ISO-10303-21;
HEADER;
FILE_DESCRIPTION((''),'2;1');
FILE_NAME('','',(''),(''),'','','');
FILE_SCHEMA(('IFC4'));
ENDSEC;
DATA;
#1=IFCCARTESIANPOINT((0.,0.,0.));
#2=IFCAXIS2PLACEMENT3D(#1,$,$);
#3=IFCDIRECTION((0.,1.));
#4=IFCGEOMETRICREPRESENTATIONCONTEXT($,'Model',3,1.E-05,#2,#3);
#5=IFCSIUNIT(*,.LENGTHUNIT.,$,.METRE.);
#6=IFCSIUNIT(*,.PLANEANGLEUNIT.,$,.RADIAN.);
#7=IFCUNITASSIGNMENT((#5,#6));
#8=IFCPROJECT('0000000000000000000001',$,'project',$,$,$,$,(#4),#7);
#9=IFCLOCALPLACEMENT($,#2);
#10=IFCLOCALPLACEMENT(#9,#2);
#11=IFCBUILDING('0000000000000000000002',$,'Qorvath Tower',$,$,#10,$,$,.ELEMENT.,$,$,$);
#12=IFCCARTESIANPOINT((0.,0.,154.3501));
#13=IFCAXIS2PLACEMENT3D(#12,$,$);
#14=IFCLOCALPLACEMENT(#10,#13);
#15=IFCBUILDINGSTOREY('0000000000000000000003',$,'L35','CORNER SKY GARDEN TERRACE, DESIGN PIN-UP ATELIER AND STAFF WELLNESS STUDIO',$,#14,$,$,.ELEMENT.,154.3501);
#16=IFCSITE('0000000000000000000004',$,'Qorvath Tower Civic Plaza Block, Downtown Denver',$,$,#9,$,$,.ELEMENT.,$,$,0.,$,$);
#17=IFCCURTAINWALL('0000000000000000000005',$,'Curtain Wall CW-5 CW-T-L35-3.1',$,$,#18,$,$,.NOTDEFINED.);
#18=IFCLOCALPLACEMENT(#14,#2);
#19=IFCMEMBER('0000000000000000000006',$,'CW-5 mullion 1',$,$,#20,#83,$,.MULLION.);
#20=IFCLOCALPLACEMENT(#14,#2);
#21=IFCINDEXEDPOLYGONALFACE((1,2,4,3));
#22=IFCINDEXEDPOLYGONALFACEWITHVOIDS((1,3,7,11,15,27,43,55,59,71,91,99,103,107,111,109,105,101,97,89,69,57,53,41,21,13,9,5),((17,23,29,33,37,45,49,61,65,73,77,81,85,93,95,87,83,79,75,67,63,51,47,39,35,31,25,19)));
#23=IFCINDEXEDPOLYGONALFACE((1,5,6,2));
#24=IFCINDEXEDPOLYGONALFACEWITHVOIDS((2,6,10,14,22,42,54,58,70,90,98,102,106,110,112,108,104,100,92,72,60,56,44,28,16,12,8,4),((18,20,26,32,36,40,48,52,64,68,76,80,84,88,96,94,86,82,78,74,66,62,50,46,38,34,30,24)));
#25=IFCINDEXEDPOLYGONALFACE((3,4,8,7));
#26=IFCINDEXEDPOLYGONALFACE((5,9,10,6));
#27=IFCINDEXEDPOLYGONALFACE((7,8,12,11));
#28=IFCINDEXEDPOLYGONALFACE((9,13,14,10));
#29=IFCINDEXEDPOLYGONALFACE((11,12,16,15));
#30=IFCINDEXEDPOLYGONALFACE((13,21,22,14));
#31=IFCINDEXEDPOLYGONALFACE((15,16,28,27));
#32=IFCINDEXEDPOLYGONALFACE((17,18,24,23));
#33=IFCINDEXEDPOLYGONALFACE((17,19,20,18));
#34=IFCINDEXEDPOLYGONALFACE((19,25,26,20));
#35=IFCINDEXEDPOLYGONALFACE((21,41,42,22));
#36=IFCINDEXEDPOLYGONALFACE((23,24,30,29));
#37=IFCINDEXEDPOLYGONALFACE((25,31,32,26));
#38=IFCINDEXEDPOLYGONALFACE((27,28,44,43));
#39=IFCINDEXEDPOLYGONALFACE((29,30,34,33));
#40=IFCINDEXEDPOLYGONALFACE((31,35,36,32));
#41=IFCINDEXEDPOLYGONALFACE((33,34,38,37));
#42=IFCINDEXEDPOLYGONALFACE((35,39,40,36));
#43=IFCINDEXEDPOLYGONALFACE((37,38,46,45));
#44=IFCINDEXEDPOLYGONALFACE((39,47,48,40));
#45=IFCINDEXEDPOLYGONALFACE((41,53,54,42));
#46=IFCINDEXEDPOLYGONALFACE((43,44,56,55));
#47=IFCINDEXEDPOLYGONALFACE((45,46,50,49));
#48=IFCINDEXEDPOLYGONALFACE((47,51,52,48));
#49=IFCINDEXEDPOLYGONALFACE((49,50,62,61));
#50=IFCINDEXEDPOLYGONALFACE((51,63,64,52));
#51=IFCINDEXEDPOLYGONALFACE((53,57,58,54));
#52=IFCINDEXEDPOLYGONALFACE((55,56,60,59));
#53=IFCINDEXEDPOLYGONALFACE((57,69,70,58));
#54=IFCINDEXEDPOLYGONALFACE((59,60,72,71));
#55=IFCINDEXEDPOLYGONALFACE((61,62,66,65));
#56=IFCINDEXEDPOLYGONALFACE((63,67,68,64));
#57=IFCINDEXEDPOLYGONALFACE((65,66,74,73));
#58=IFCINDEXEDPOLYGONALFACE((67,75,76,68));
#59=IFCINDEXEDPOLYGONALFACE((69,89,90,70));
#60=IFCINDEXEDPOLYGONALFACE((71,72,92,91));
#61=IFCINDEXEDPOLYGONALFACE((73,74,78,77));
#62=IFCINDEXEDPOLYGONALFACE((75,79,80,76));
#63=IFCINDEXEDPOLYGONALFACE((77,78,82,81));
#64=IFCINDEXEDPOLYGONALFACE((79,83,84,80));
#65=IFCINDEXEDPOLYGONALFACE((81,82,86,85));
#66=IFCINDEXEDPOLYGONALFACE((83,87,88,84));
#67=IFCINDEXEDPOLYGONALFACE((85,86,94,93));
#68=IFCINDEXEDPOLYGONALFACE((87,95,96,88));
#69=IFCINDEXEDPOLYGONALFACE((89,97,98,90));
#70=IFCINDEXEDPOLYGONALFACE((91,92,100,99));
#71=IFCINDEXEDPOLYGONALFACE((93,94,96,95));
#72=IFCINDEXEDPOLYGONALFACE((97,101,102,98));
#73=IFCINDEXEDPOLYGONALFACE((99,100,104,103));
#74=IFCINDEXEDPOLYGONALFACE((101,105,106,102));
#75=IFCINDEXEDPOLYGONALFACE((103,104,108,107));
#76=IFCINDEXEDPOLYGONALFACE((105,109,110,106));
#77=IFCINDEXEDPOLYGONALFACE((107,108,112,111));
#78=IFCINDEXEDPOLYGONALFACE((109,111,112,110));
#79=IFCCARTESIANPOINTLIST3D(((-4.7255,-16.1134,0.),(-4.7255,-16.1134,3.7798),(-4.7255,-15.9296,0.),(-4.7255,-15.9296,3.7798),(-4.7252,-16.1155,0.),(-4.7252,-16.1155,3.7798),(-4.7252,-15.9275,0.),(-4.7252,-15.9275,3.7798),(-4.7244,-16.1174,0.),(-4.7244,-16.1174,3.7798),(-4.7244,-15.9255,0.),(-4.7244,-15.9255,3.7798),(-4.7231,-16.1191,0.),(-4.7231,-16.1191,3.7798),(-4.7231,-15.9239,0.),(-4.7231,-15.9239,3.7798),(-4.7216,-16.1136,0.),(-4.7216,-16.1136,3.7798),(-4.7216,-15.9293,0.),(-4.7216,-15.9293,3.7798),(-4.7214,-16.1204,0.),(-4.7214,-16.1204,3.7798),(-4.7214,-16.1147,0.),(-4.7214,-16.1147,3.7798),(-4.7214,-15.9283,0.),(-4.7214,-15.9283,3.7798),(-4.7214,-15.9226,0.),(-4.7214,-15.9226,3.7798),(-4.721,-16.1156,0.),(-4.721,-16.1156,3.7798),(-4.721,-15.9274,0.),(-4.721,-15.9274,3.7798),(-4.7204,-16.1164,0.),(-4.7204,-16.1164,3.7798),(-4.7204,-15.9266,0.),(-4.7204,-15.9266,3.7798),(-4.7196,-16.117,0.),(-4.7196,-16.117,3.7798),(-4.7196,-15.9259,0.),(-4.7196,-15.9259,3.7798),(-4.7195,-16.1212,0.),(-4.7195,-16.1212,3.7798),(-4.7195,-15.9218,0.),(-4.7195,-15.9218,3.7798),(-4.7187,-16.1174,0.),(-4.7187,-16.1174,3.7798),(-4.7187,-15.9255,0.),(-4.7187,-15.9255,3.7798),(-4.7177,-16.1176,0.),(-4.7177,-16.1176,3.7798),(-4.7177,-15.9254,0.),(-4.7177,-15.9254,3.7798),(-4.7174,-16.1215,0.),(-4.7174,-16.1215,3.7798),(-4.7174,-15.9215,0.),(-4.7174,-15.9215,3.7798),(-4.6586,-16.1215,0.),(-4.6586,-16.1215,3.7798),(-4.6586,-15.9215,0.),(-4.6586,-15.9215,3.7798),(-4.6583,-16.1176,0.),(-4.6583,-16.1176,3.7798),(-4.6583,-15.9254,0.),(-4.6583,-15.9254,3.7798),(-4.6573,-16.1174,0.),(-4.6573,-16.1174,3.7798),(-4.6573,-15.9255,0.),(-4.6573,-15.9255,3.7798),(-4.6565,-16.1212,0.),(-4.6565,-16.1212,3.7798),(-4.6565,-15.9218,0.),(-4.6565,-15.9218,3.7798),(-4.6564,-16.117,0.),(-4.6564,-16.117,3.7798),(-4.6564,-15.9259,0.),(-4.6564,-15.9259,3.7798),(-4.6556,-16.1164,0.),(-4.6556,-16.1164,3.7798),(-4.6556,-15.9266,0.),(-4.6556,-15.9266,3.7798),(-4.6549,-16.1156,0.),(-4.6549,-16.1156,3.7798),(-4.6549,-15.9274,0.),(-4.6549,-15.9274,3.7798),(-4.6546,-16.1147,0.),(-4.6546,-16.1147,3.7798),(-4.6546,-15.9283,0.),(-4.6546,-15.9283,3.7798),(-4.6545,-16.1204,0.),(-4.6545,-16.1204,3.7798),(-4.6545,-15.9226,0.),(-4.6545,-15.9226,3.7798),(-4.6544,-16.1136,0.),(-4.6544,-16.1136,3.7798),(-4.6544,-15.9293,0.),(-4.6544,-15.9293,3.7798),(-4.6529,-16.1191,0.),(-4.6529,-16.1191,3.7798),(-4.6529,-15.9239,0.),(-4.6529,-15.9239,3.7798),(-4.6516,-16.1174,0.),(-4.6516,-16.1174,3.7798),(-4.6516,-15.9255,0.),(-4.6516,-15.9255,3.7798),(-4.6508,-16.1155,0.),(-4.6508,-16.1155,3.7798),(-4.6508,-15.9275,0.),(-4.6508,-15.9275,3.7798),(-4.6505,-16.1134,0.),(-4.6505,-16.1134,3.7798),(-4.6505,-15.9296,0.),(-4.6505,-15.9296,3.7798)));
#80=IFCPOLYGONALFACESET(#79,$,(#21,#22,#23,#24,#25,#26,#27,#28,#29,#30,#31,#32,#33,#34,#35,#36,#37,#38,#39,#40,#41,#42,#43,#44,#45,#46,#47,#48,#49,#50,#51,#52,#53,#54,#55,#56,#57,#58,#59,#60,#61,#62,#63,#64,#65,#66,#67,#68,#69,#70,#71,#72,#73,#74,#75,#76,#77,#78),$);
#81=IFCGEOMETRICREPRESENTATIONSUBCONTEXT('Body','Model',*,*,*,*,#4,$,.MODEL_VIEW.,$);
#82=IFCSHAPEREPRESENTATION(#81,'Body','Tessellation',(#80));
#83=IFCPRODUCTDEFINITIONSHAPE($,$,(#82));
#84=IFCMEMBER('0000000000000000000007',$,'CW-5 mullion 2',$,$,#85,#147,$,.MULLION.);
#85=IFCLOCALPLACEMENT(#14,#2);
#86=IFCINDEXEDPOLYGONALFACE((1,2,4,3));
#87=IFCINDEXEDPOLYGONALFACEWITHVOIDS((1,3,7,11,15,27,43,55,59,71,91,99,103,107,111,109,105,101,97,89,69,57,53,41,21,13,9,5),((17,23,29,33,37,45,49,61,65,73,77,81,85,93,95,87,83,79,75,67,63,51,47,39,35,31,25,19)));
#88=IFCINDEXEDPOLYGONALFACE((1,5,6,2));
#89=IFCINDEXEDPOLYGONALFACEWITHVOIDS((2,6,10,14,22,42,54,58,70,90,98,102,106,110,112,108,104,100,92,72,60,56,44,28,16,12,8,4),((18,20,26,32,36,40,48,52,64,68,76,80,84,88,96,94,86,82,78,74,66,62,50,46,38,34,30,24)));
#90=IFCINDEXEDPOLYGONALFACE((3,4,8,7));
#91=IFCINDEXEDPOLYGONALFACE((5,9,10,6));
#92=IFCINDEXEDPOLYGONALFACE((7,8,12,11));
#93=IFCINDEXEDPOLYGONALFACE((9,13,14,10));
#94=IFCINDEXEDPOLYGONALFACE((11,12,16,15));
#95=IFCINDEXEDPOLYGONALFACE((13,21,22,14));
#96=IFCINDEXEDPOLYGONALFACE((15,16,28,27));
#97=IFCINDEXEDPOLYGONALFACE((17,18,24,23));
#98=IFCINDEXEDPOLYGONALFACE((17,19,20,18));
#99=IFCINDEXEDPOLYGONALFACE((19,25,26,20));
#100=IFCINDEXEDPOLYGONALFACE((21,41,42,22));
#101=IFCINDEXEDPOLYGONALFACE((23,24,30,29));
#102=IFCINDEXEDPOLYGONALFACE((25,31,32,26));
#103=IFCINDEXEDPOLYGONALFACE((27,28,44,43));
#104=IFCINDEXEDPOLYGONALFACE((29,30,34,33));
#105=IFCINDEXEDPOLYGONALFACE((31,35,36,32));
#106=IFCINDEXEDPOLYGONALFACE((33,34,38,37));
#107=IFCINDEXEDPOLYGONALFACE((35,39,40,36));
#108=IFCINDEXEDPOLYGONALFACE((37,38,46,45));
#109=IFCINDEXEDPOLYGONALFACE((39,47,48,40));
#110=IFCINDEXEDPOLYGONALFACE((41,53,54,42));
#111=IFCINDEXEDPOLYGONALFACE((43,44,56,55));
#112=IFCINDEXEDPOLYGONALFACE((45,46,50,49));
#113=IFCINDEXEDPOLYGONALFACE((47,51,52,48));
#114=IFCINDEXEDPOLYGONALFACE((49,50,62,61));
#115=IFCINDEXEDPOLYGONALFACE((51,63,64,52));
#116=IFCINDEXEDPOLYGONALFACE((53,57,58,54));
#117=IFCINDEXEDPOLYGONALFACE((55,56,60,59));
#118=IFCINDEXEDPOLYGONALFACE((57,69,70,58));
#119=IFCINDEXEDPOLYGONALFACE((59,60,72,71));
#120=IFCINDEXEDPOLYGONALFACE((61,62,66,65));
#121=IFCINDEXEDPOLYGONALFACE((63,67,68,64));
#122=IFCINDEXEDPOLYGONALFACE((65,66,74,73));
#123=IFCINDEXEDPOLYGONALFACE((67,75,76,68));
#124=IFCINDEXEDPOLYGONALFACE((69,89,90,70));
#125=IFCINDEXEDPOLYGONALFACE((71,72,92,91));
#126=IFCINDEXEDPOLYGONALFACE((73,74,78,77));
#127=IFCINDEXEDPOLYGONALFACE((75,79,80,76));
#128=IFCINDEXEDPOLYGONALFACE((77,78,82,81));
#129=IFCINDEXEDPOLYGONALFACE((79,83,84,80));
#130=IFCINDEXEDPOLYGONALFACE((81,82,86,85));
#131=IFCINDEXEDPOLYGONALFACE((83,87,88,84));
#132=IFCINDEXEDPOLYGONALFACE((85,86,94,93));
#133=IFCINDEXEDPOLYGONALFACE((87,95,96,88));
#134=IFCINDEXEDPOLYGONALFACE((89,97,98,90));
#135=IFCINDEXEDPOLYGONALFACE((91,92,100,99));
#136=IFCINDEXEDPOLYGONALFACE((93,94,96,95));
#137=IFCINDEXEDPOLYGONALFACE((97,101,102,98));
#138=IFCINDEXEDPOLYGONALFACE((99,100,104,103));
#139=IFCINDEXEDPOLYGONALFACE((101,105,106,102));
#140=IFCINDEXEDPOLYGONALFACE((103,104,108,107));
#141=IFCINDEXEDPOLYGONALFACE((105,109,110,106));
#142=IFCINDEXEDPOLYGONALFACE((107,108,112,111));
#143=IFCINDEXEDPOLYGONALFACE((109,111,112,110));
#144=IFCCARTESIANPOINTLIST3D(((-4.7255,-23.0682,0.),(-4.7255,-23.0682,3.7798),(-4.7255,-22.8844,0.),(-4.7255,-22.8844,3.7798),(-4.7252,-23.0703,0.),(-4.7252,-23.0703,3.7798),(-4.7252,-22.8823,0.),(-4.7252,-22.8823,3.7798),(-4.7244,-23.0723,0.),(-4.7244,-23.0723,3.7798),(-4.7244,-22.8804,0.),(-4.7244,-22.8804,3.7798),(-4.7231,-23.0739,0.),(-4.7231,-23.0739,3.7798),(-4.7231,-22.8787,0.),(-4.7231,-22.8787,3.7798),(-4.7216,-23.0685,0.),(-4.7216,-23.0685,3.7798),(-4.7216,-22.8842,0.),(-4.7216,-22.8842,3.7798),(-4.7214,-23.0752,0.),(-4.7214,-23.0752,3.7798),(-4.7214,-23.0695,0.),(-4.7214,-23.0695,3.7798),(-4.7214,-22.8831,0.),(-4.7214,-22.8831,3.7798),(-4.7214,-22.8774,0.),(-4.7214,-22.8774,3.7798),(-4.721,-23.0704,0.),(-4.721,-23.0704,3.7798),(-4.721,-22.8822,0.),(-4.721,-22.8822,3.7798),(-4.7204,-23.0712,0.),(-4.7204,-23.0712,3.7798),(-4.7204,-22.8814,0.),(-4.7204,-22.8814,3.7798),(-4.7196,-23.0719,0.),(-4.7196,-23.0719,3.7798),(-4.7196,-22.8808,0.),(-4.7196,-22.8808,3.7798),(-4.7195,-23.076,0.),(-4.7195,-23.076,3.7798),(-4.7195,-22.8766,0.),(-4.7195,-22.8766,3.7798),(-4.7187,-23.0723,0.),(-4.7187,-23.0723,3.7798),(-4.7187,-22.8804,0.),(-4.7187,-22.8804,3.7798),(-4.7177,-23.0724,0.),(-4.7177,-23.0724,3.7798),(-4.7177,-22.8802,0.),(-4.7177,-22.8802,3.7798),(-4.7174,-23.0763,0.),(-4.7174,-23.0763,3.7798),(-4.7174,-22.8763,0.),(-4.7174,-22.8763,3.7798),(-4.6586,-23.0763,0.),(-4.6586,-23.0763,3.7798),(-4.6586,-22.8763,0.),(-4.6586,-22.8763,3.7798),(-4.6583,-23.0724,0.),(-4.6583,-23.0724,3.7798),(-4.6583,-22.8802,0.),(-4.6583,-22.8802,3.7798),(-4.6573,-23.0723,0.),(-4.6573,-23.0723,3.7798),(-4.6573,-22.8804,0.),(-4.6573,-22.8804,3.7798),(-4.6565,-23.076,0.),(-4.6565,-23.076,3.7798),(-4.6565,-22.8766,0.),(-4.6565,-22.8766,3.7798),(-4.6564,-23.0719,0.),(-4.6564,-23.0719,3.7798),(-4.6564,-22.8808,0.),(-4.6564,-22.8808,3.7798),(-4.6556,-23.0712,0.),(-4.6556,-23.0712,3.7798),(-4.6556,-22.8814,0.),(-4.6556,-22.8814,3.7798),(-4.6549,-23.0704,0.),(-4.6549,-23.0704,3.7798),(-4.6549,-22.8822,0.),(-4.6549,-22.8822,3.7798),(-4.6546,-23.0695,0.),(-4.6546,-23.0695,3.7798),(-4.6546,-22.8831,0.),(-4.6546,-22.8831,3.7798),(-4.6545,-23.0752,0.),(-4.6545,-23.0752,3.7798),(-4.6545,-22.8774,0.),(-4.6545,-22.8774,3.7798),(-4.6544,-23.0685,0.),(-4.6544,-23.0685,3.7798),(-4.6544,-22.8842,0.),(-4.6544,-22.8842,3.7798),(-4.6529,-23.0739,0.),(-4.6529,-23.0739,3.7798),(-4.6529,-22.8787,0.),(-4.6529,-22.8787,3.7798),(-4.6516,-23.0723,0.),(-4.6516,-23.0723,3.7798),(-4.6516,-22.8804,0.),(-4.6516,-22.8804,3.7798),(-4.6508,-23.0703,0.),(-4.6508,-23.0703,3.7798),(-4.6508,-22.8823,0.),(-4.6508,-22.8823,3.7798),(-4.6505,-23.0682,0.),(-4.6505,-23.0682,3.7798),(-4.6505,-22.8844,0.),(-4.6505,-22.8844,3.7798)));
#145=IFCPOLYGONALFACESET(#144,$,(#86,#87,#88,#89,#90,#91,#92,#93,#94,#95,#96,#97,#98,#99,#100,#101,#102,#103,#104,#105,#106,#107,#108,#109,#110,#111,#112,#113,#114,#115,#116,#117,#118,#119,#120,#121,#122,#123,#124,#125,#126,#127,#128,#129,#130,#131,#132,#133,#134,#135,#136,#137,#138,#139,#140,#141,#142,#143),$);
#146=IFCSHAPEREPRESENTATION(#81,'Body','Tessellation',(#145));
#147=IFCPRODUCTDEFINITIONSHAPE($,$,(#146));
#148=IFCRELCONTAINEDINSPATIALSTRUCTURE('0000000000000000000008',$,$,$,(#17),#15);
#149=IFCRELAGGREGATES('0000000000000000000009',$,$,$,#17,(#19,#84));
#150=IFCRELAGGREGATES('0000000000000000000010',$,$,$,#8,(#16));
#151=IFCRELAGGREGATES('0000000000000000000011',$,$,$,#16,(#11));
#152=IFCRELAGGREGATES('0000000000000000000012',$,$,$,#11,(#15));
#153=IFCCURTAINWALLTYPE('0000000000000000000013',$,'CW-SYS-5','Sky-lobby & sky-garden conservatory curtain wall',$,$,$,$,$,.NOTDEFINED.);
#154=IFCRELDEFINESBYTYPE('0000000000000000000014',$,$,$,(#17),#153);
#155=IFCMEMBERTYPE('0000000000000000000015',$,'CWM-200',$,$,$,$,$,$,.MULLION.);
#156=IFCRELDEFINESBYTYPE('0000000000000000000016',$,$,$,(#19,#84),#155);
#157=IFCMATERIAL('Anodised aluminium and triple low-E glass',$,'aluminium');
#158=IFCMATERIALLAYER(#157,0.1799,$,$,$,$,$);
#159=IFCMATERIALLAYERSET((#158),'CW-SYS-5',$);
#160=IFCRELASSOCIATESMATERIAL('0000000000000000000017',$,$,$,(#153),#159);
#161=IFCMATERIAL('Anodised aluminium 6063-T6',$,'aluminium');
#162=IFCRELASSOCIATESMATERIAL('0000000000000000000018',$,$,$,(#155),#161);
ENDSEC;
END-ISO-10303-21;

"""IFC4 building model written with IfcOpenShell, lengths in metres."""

from ifc_helpers import new_model, si_unit, direction, frame, origin, origin_2d, place, context, subcontext, project, spatial, hollow_rectangle, extrude, material, layer, layer_set, material_profile, profile_set, type_object, element, aggregate, save


model = new_model("IFC4")

# Units and contexts
model_context = context("Model", 3, precision=1e-05, world=origin(), true_north=direction((0.0, 1.0)))
body_context = subcontext(model_context, "Body", "Model", "MODEL_VIEW")
ifc_project = project(units=[si_unit("LENGTHUNIT", "METRE"), si_unit("PLANEANGLEUNIT", "RADIAN")], contexts=[model_context])

# Site, building, storey
site_placement = place(None, origin())
site = spatial("IfcSite", under=ifc_project, at=site_placement, Name="Qorvath Tower Civic Plaza Block, Downtown Denver", CompositionType="ELEMENT", RefElevation=0.0)
building_placement = place(site_placement, origin())
building = spatial("IfcBuilding", under=site, at=building_placement, Name="Qorvath Tower", CompositionType="ELEMENT")
storey_placement = place(building_placement, frame((0.0, 0.0, 154.3501)))
storey = spatial("IfcBuildingStorey", under=building, at=storey_placement, Name="L35", Description="CORNER SKY GARDEN TERRACE, DESIGN PIN-UP ATELIER AND STAFF WELLNESS STUDIO", CompositionType="ELEMENT", Elevation=154.3501)

# Curtain wall, members
ifc_material_1 = material(Name="Anodised aluminium and triple low-E glass", Category="aluminium")
ifc_layer_1 = layer(ifc_material_1, 0.1799)
ifc_layer_set_1 = layer_set([ifc_layer_1], Name="CW-SYS-5")
curtain_wall_type = type_object("IfcCurtainWallType", Name="CW-SYS-5", Description="Sky-lobby & sky-garden conservatory curtain wall", PredefinedType="NOTDEFINED", material=ifc_layer_set_1)
ifc_material_2 = material(Name="Anodised aluminium 6063-T6", Category="aluminium")
ifc_material_profile_1 = material_profile(ifc_material_2, hollow_rectangle(XDim=0.075, YDim=0.2, WallThickness=0.0039, InnerFilletRadius=0.0039, OuterFilletRadius=0.0081, at=origin_2d()), Name="CWM 200x75")
ifc_profile_set_1 = profile_set([ifc_material_profile_1], Name="Anodised aluminium 6063-T6")
member_type_1 = type_object("IfcMemberType", Name="CWM-200", PredefinedType="MULLION", material=ifc_profile_set_1)
curtain_wall_1_placement = place(storey_placement, origin())
curtain_wall_1 = element("IfcCurtainWall", 1, at=curtain_wall_1_placement, inside=storey, type_object=curtain_wall_type, Name="Curtain Wall CW-5 CW-T-L35-3.1", PredefinedType="NOTDEFINED")
member_1_placement = place(storey_placement, frame((-4.688, -16.0215, 0.0), z_axis=(0.0, 0.0, 1.0), x_axis=(1.0, 0.0, 0.0)))
member_1 = element("IfcMember", 2, at=member_1_placement, type_object=member_type_1, Name="CW-5 mullion 1", PredefinedType="MULLION", context=body_context, shape_type="SweptSolid", body=[
    extrude(hollow_rectangle(XDim=0.075, YDim=0.2, WallThickness=0.0039, InnerFilletRadius=0.0039, OuterFilletRadius=0.0081, at=origin_2d()), origin(), (0.0, 0.0, 1.0), 3.7798),
])
member_2_placement = place(storey_placement, frame((-4.688, -22.9763, 0.0), z_axis=(0.0, 0.0, 1.0), x_axis=(1.0, 0.0, 0.0)))
member_2 = element("IfcMember", 3, at=member_2_placement, type_object=member_type_1, Name="CW-5 mullion 2", PredefinedType="MULLION", context=body_context, shape_type="SweptSolid", body=[
    extrude(hollow_rectangle(XDim=0.075, YDim=0.2, WallThickness=0.0039, InnerFilletRadius=0.0039, OuterFilletRadius=0.0081, at=origin_2d()), origin(), (0.0, 0.0, 1.0), 3.7798),
])

aggregate(curtain_wall_1, [member_1, member_2])

save(model, "model.ifc")
